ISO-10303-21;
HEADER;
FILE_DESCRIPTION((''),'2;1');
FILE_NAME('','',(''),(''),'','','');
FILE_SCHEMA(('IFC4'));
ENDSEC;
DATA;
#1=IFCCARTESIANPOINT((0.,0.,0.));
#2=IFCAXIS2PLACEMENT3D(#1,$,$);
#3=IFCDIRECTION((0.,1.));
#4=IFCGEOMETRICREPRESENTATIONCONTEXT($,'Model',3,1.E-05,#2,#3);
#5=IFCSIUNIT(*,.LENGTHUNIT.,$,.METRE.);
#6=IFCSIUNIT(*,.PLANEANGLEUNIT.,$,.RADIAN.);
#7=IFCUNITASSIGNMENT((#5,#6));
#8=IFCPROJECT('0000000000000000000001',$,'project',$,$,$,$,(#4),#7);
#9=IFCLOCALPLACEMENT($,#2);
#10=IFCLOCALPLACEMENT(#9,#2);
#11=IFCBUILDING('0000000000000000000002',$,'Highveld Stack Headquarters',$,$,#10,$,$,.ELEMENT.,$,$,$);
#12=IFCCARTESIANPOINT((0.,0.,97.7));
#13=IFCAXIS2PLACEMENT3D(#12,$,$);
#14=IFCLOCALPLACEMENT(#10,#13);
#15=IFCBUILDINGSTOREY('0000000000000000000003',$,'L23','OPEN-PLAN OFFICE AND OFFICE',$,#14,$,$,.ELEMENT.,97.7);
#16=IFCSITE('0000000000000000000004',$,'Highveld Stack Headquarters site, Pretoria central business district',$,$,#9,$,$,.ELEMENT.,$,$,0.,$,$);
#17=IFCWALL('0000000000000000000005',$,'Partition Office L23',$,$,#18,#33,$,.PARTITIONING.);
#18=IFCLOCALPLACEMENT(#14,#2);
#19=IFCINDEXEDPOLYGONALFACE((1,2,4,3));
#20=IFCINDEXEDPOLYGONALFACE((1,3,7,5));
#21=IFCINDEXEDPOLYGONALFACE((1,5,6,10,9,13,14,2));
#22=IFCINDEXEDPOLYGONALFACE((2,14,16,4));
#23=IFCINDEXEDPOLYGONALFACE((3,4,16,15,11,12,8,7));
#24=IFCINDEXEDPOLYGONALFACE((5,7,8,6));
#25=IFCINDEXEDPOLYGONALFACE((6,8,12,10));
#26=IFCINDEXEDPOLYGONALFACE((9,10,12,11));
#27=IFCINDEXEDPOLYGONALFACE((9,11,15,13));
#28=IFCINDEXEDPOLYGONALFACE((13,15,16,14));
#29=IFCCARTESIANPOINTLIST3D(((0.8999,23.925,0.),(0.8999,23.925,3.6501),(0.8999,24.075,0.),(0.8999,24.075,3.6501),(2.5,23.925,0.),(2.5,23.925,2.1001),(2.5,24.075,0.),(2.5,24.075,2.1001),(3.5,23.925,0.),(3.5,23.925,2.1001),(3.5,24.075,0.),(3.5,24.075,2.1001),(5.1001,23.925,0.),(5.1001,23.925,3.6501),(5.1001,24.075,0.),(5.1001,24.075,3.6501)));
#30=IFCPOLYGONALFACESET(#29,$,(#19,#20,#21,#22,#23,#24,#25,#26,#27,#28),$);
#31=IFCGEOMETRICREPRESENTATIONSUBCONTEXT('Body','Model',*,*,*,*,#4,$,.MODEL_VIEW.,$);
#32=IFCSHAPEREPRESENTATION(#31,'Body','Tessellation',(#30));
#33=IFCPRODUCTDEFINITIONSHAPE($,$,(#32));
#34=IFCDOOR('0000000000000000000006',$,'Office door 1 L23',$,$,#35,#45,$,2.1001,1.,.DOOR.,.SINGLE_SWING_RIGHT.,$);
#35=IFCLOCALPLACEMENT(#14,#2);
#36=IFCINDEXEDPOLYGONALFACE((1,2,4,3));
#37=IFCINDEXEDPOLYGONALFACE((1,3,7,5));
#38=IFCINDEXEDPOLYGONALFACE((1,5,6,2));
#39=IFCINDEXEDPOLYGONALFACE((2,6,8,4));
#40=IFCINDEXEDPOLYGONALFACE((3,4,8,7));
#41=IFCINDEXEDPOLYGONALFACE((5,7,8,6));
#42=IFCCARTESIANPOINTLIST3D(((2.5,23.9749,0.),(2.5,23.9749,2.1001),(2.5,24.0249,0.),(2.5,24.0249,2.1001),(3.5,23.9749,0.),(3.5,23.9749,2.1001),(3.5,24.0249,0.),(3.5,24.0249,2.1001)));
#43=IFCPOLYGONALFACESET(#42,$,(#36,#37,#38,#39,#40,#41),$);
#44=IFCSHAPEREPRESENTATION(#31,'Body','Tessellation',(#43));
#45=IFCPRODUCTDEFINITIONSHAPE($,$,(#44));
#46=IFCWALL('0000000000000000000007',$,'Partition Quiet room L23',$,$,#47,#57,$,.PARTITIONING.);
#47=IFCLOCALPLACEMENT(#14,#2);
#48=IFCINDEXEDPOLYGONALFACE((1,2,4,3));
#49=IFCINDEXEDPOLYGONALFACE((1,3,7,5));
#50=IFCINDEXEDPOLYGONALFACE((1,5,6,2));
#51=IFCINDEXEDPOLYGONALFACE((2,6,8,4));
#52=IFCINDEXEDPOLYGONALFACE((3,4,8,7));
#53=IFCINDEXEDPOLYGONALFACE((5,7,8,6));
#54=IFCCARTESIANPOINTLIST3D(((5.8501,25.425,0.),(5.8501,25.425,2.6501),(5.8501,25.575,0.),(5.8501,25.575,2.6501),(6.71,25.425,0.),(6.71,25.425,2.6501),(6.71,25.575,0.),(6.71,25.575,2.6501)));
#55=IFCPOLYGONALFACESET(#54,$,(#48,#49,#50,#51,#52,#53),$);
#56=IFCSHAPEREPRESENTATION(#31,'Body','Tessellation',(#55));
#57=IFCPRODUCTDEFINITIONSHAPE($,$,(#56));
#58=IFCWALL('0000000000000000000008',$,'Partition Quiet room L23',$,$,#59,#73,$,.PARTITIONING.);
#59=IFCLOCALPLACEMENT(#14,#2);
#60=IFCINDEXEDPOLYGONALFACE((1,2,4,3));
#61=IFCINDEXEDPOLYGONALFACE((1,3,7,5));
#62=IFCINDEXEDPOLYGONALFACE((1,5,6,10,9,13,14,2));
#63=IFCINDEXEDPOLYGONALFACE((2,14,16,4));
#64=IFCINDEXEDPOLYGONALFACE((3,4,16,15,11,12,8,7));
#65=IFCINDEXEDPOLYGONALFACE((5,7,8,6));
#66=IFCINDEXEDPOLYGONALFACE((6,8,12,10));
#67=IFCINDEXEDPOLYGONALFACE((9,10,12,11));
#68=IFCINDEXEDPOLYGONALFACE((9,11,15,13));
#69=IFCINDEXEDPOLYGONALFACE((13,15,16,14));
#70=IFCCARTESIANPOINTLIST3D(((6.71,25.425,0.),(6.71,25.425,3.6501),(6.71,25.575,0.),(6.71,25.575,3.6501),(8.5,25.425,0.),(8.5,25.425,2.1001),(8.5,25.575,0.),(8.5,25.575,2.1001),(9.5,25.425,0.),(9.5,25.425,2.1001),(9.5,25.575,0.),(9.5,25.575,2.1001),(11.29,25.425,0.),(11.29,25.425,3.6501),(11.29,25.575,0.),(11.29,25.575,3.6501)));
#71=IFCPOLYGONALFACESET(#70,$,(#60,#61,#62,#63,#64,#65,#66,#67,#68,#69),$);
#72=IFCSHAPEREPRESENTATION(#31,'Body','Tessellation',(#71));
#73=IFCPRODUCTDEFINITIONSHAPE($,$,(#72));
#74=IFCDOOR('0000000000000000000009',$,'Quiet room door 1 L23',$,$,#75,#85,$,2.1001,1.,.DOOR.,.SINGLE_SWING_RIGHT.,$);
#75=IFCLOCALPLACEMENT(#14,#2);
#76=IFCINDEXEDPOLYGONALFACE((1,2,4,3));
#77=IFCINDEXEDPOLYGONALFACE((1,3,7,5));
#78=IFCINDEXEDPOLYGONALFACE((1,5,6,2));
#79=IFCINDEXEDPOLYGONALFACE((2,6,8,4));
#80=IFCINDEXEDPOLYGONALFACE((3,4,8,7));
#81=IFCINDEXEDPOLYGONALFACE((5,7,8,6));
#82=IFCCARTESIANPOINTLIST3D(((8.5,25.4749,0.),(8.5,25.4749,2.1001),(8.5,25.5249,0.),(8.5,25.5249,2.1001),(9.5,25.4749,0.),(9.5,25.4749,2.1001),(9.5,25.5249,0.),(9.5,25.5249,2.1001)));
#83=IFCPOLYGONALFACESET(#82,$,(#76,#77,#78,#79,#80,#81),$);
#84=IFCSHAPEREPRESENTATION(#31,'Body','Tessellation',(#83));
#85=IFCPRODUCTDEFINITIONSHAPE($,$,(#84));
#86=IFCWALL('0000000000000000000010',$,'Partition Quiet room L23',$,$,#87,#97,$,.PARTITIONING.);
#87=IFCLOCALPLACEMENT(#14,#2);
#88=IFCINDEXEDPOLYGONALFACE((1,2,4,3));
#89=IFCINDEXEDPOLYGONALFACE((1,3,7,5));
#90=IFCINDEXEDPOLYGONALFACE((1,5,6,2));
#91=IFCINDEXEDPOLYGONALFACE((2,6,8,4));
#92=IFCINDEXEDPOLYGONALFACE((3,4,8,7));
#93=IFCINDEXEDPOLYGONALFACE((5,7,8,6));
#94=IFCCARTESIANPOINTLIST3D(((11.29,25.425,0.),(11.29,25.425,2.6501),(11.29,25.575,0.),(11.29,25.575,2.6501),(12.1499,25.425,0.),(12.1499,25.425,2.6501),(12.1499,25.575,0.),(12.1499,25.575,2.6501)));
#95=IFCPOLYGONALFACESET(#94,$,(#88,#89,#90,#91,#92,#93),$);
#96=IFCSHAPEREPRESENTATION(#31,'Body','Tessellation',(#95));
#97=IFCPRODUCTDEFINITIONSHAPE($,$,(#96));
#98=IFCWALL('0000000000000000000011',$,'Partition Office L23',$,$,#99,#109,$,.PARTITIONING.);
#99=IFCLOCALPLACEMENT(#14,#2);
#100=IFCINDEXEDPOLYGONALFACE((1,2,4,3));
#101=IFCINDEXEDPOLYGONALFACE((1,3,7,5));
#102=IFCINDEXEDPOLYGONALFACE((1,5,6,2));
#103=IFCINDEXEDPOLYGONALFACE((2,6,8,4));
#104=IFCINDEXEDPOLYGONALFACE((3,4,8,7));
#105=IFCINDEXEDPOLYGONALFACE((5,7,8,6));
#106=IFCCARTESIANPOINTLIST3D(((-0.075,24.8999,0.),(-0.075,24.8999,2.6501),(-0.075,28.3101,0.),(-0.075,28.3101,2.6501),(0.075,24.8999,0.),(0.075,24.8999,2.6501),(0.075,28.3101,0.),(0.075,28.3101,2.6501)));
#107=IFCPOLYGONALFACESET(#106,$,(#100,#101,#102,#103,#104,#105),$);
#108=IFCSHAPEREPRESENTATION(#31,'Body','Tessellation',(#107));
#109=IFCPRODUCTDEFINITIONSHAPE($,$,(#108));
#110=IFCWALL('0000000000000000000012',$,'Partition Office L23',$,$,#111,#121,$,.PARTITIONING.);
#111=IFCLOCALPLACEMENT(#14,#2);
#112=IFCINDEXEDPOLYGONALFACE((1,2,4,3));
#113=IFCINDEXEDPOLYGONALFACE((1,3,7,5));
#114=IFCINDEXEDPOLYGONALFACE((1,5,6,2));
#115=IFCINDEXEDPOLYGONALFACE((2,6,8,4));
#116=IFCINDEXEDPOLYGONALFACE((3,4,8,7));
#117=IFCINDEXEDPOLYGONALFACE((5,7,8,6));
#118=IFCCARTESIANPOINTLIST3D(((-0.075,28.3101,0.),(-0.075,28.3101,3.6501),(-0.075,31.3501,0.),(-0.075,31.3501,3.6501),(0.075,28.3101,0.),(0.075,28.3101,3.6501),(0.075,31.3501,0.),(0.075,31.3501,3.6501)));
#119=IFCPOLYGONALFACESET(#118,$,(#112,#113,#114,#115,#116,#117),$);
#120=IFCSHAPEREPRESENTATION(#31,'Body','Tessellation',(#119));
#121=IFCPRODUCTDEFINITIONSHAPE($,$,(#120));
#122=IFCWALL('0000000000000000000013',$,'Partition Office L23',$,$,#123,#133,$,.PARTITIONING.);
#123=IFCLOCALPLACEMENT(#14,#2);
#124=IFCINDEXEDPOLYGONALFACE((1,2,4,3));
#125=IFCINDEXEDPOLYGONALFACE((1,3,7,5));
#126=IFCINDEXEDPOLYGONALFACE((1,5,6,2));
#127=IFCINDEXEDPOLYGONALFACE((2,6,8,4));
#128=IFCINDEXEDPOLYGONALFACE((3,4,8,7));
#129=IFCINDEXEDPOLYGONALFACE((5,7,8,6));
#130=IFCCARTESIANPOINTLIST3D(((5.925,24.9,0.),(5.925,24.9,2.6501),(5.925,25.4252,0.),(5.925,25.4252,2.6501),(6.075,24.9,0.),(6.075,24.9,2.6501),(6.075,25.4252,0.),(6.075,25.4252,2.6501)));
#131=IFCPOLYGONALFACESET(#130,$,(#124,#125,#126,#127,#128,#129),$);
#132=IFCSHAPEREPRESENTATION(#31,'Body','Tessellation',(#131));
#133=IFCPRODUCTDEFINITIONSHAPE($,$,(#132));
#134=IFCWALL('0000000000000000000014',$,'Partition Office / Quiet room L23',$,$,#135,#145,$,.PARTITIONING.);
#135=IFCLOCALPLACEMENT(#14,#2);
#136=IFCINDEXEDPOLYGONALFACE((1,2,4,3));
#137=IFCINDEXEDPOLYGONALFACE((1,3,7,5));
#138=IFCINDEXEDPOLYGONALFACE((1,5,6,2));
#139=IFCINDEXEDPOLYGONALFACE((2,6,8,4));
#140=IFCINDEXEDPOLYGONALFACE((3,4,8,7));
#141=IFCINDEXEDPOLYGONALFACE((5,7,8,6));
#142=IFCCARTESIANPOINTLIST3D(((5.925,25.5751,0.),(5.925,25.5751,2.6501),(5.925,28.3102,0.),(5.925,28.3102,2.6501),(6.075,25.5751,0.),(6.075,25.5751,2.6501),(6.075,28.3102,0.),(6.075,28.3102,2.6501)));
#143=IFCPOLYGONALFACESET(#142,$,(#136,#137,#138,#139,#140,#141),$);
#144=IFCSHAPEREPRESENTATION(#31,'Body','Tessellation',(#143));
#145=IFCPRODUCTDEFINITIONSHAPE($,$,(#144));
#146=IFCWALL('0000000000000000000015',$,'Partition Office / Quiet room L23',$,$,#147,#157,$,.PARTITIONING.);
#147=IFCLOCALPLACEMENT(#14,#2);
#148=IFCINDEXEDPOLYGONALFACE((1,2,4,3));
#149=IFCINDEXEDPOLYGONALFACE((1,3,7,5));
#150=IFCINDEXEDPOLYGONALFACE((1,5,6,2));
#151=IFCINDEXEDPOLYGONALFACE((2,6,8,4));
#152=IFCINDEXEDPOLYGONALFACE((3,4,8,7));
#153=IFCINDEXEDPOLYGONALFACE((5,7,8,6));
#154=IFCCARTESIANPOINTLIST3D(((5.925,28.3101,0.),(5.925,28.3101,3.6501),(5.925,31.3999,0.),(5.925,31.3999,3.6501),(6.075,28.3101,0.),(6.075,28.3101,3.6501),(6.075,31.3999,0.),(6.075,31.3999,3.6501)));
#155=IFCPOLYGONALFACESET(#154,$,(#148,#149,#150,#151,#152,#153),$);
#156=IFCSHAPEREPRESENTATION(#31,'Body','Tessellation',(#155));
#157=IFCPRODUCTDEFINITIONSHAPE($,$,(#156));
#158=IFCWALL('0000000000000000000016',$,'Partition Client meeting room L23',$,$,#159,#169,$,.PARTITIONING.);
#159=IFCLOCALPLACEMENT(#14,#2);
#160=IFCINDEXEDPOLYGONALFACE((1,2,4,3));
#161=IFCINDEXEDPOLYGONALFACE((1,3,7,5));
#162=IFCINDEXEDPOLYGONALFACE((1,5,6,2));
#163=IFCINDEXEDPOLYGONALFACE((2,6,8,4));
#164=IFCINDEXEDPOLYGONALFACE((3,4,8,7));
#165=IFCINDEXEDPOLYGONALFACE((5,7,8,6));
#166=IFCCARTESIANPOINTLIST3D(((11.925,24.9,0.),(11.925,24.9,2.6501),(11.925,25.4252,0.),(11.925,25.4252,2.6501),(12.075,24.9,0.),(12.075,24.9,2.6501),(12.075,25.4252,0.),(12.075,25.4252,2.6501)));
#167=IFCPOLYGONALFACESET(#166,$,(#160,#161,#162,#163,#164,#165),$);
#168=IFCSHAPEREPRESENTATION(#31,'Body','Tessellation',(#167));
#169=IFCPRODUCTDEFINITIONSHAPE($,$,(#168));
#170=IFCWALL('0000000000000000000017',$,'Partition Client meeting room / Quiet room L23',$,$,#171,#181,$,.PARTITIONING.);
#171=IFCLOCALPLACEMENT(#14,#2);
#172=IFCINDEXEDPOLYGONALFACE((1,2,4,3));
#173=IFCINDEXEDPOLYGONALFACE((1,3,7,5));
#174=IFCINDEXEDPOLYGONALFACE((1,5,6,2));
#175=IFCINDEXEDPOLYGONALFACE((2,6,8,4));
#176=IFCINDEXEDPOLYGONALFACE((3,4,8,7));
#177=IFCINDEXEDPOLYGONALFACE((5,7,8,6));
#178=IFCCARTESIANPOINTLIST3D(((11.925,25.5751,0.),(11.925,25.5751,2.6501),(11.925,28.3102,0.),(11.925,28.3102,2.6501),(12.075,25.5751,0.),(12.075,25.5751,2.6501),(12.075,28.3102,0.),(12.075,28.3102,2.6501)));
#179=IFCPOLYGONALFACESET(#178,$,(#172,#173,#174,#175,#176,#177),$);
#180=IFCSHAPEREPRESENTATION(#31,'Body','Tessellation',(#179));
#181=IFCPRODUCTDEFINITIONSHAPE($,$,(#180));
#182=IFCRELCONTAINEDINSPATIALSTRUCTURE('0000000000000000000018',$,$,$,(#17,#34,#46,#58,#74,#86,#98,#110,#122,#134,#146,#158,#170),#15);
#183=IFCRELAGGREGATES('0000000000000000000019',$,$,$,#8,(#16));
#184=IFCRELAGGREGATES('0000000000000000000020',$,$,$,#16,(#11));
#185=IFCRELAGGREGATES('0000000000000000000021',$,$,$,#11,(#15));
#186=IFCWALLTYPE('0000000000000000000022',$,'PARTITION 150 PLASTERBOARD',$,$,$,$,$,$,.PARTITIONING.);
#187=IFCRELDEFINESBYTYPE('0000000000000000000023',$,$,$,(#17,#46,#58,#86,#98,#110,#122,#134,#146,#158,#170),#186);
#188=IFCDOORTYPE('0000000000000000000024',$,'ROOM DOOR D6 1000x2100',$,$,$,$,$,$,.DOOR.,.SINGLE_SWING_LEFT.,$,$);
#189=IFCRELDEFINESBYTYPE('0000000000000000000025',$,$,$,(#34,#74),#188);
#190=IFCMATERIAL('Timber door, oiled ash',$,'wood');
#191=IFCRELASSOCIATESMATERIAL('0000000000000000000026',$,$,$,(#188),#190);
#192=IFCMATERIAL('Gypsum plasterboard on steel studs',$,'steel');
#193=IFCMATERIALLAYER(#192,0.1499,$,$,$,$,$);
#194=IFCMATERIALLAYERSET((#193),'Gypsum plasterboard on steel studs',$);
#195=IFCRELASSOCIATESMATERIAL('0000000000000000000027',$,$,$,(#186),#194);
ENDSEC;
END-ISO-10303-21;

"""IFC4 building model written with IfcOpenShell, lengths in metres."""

from ifc_helpers import new_model, si_unit, direction, frame, frame_2d, origin, place, context, subcontext, project, spatial, rectangle, extrude, material, layer, layer_set, type_object, element, fill, save


model = new_model("IFC4")

# Units and contexts
model_context = context("Model", 3, precision=1e-05, world=origin(), true_north=direction((0.0, 1.0)))
body_context = subcontext(model_context, "Body", "Model", "MODEL_VIEW")
ifc_project = project(units=[si_unit("LENGTHUNIT", "METRE"), si_unit("PLANEANGLEUNIT", "RADIAN")], contexts=[model_context])

# Site, building, storey
site_placement = place(None, origin())
site = spatial("IfcSite", under=ifc_project, at=site_placement, Name="Highveld Stack Headquarters site, Pretoria central business district", CompositionType="ELEMENT", RefElevation=0.0)
building_placement = place(site_placement, origin())
building = spatial("IfcBuilding", under=site, at=building_placement, Name="Highveld Stack Headquarters", CompositionType="ELEMENT")
storey_placement = place(building_placement, frame((0.0, 0.0, 97.7)))
storey = spatial("IfcBuildingStorey", under=building, at=storey_placement, Name="L23", Description="OPEN-PLAN OFFICE AND OFFICE", CompositionType="ELEMENT", Elevation=97.7)

# Wall, opening, door
ifc_material_1 = material(Name="Timber door, oiled ash", Category="wood")
door_type = type_object("IfcDoorType", Name="ROOM DOOR D6 1000x2100", OperationType="SINGLE_SWING_LEFT", PredefinedType="DOOR", material=ifc_material_1)
ifc_material_2 = material(Name="Gypsum plasterboard on steel studs", Category="steel")
ifc_layer_1 = layer(ifc_material_2, 0.1499)
ifc_layer_set_1 = layer_set([ifc_layer_1], Name="Gypsum plasterboard on steel studs")
wall_type_1 = type_object("IfcWallType", Name="PARTITION 150 PLASTERBOARD", PredefinedType="PARTITIONING", material=ifc_layer_set_1)
wall_1_placement = place(storey_placement, frame((0.8999, 24.0, 0.0), z_axis=(0.0, 0.0, 1.0), x_axis=(1.0, 0.0, 0.0)))
wall_1 = element("IfcWall", 1, at=wall_1_placement, inside=storey, type_object=wall_type_1, Name="Partition Office L23", PredefinedType="PARTITIONING", context=body_context, shape_type="SweptSolid", body=[
    extrude(rectangle(XDim=4.2002, YDim=0.1499, at=frame_2d((2.1001, 0.0))), origin(), (0.0, 0.0, 1.0), 3.6501),
])
opening_1_placement = place(wall_1_placement, frame((1.6001, 0.0, 0.0)))
opening_1 = element("IfcOpeningElement", 2, at=opening_1_placement, cuts=wall_1, PredefinedType="OPENING", context=body_context, shape_type="SweptSolid", body=[
    extrude(rectangle(XDim=1.0, YDim=2.1001, at=frame_2d((0.5, 1.05))), frame((0.0, 0.085, 0.0), z_axis=(0.0, -1.0, 0.0), x_axis=(1.0, 0.0, 0.0)), (0.0, 0.0, 1.0), 0.1699),
])
door_1_placement = place(opening_1_placement, origin())
door_1 = element("IfcDoor", 3, at=door_1_placement, inside=storey, type_object=door_type, Name="Office door 1 L23", OperationType="SINGLE_SWING_RIGHT", OverallHeight=2.1001, OverallWidth=1.0, PredefinedType="DOOR", context=body_context, shape_type="SweptSolid", body=[
    extrude(rectangle(XDim=1.0, YDim=2.1001, at=frame_2d((0.5, 1.05))), frame((0.0, 0.0249, 0.0), z_axis=(0.0, -1.0, 0.0), x_axis=(1.0, 0.0, 0.0)), (0.0, 0.0, 1.0), 0.05),
])
fill(opening_1, door_1)

# Wall
wall_2_placement = place(storey_placement, frame((5.8501, 25.5, 0.0), z_axis=(0.0, 0.0, 1.0), x_axis=(1.0, 0.0, 0.0)))
element("IfcWall", 4, at=wall_2_placement, inside=storey, type_object=wall_type_1, Name="Partition Quiet room L23", PredefinedType="PARTITIONING", context=body_context, shape_type="SweptSolid", body=[
    extrude(rectangle(XDim=0.8599, YDim=0.1499, at=frame_2d((0.4299, 0.0))), origin(), (0.0, 0.0, 1.0), 2.6501),
])

# Wall, opening, door
wall_3_placement = place(storey_placement, frame((6.71, 25.5, 0.0), z_axis=(0.0, 0.0, 1.0), x_axis=(1.0, 0.0, 0.0)))
wall_3 = element("IfcWall", 5, at=wall_3_placement, inside=storey, type_object=wall_type_1, Name="Partition Quiet room L23", PredefinedType="PARTITIONING", context=body_context, shape_type="SweptSolid", body=[
    extrude(rectangle(XDim=4.5801, YDim=0.1499, at=frame_2d((2.29, 0.0))), origin(), (0.0, 0.0, 1.0), 3.6501),
])
opening_2_placement = place(wall_3_placement, frame((1.79, 0.0, 0.0)))
opening_2 = element("IfcOpeningElement", 6, at=opening_2_placement, cuts=wall_3, PredefinedType="OPENING", context=body_context, shape_type="SweptSolid", body=[
    extrude(rectangle(XDim=1.0, YDim=2.1001, at=frame_2d((0.5, 1.05))), frame((0.0, 0.085, 0.0), z_axis=(0.0, -1.0, 0.0), x_axis=(1.0, 0.0, 0.0)), (0.0, 0.0, 1.0), 0.1699),
])
door_2_placement = place(opening_2_placement, origin())
door_2 = element("IfcDoor", 7, at=door_2_placement, inside=storey, type_object=door_type, Name="Quiet room door 1 L23", OperationType="SINGLE_SWING_RIGHT", OverallHeight=2.1001, OverallWidth=1.0, PredefinedType="DOOR", context=body_context, shape_type="SweptSolid", body=[
    extrude(rectangle(XDim=1.0, YDim=2.1001, at=frame_2d((0.5, 1.05))), frame((0.0, 0.0249, 0.0), z_axis=(0.0, -1.0, 0.0), x_axis=(1.0, 0.0, 0.0)), (0.0, 0.0, 1.0), 0.05),
])
fill(opening_2, door_2)

# Walls
wall_4_placement = place(storey_placement, frame((11.29, 25.5, 0.0), z_axis=(0.0, 0.0, 1.0), x_axis=(1.0, 0.0, 0.0)))
element("IfcWall", 8, at=wall_4_placement, inside=storey, type_object=wall_type_1, Name="Partition Quiet room L23", PredefinedType="PARTITIONING", context=body_context, shape_type="SweptSolid", body=[
    extrude(rectangle(XDim=0.8599, YDim=0.1499, at=frame_2d((0.4299, 0.0))), origin(), (0.0, 0.0, 1.0), 2.6501),
])
wall_5_placement = place(storey_placement, frame((0.0, 24.8999, 0.0), z_axis=(0.0, 0.0, 1.0), x_axis=(0.0, 1.0, 0.0)))
element("IfcWall", 9, at=wall_5_placement, inside=storey, type_object=wall_type_1, Name="Partition Office L23", PredefinedType="PARTITIONING", context=body_context, shape_type="SweptSolid", body=[
    extrude(rectangle(XDim=3.4102, YDim=0.1499, at=frame_2d((1.7051, 0.0))), origin(), (0.0, 0.0, 1.0), 2.6501),
])
wall_6_placement = place(storey_placement, frame((0.0, 28.3101, 0.0), z_axis=(0.0, 0.0, 1.0), x_axis=(0.0, 1.0, 0.0)))
element("IfcWall", 10, at=wall_6_placement, inside=storey, type_object=wall_type_1, Name="Partition Office L23", PredefinedType="PARTITIONING", context=body_context, shape_type="SweptSolid", body=[
    extrude(rectangle(XDim=3.04, YDim=0.1499, at=frame_2d((1.52, 0.0))), origin(), (0.0, 0.0, 1.0), 3.6501),
])
wall_7_placement = place(storey_placement, frame((6.0, 24.8999, 0.0), z_axis=(0.0, 0.0, 1.0), x_axis=(0.0, 1.0, 0.0)))
element("IfcWall", 11, at=wall_7_placement, inside=storey, type_object=wall_type_1, Name="Partition Office L23", PredefinedType="PARTITIONING", context=body_context, shape_type="SweptSolid", body=[
    extrude(rectangle(XDim=0.5251, YDim=0.1499, at=frame_2d((0.2627, 0.0))), origin(), (0.0, 0.0, 1.0), 2.6501),
])
wall_8_placement = place(storey_placement, frame((6.0, 25.575, 0.0), z_axis=(0.0, 0.0, 1.0), x_axis=(0.0, 1.0, 0.0)))
element("IfcWall", 12, at=wall_8_placement, inside=storey, type_object=wall_type_1, Name="Partition Office / Quiet room L23", PredefinedType="PARTITIONING", context=body_context, shape_type="SweptSolid", body=[
    extrude(rectangle(XDim=2.7351, YDim=0.1499, at=frame_2d((1.3677, 0.0))), origin(), (0.0, 0.0, 1.0), 2.6501),
])
wall_9_placement = place(storey_placement, frame((6.0, 28.3101, 0.0), z_axis=(0.0, 0.0, 1.0), x_axis=(0.0, 1.0, 0.0)))
element("IfcWall", 13, at=wall_9_placement, inside=storey, type_object=wall_type_1, Name="Partition Office / Quiet room L23", PredefinedType="PARTITIONING", context=body_context, shape_type="SweptSolid", body=[
    extrude(rectangle(XDim=3.0898, YDim=0.1499, at=frame_2d((1.5449, 0.0))), origin(), (0.0, 0.0, 1.0), 3.6501),
])
wall_10_placement = place(storey_placement, frame((12.0, 24.8999, 0.0), z_axis=(0.0, 0.0, 1.0), x_axis=(0.0, 1.0, 0.0)))
element("IfcWall", 14, at=wall_10_placement, inside=storey, type_object=wall_type_1, Name="Partition Client meeting room L23", PredefinedType="PARTITIONING", context=body_context, shape_type="SweptSolid", body=[
    extrude(rectangle(XDim=0.5251, YDim=0.1499, at=frame_2d((0.2627, 0.0))), origin(), (0.0, 0.0, 1.0), 2.6501),
])
wall_11_placement = place(storey_placement, frame((12.0, 25.575, 0.0), z_axis=(0.0, 0.0, 1.0), x_axis=(0.0, 1.0, 0.0)))
element("IfcWall", 15, at=wall_11_placement, inside=storey, type_object=wall_type_1, Name="Partition Client meeting room / Quiet room L23", PredefinedType="PARTITIONING", context=body_context, shape_type="SweptSolid", body=[
    extrude(rectangle(XDim=2.7351, YDim=0.1499, at=frame_2d((1.3677, 0.0))), origin(), (0.0, 0.0, 1.0), 2.6501),
])

save(model, "model.ifc")
